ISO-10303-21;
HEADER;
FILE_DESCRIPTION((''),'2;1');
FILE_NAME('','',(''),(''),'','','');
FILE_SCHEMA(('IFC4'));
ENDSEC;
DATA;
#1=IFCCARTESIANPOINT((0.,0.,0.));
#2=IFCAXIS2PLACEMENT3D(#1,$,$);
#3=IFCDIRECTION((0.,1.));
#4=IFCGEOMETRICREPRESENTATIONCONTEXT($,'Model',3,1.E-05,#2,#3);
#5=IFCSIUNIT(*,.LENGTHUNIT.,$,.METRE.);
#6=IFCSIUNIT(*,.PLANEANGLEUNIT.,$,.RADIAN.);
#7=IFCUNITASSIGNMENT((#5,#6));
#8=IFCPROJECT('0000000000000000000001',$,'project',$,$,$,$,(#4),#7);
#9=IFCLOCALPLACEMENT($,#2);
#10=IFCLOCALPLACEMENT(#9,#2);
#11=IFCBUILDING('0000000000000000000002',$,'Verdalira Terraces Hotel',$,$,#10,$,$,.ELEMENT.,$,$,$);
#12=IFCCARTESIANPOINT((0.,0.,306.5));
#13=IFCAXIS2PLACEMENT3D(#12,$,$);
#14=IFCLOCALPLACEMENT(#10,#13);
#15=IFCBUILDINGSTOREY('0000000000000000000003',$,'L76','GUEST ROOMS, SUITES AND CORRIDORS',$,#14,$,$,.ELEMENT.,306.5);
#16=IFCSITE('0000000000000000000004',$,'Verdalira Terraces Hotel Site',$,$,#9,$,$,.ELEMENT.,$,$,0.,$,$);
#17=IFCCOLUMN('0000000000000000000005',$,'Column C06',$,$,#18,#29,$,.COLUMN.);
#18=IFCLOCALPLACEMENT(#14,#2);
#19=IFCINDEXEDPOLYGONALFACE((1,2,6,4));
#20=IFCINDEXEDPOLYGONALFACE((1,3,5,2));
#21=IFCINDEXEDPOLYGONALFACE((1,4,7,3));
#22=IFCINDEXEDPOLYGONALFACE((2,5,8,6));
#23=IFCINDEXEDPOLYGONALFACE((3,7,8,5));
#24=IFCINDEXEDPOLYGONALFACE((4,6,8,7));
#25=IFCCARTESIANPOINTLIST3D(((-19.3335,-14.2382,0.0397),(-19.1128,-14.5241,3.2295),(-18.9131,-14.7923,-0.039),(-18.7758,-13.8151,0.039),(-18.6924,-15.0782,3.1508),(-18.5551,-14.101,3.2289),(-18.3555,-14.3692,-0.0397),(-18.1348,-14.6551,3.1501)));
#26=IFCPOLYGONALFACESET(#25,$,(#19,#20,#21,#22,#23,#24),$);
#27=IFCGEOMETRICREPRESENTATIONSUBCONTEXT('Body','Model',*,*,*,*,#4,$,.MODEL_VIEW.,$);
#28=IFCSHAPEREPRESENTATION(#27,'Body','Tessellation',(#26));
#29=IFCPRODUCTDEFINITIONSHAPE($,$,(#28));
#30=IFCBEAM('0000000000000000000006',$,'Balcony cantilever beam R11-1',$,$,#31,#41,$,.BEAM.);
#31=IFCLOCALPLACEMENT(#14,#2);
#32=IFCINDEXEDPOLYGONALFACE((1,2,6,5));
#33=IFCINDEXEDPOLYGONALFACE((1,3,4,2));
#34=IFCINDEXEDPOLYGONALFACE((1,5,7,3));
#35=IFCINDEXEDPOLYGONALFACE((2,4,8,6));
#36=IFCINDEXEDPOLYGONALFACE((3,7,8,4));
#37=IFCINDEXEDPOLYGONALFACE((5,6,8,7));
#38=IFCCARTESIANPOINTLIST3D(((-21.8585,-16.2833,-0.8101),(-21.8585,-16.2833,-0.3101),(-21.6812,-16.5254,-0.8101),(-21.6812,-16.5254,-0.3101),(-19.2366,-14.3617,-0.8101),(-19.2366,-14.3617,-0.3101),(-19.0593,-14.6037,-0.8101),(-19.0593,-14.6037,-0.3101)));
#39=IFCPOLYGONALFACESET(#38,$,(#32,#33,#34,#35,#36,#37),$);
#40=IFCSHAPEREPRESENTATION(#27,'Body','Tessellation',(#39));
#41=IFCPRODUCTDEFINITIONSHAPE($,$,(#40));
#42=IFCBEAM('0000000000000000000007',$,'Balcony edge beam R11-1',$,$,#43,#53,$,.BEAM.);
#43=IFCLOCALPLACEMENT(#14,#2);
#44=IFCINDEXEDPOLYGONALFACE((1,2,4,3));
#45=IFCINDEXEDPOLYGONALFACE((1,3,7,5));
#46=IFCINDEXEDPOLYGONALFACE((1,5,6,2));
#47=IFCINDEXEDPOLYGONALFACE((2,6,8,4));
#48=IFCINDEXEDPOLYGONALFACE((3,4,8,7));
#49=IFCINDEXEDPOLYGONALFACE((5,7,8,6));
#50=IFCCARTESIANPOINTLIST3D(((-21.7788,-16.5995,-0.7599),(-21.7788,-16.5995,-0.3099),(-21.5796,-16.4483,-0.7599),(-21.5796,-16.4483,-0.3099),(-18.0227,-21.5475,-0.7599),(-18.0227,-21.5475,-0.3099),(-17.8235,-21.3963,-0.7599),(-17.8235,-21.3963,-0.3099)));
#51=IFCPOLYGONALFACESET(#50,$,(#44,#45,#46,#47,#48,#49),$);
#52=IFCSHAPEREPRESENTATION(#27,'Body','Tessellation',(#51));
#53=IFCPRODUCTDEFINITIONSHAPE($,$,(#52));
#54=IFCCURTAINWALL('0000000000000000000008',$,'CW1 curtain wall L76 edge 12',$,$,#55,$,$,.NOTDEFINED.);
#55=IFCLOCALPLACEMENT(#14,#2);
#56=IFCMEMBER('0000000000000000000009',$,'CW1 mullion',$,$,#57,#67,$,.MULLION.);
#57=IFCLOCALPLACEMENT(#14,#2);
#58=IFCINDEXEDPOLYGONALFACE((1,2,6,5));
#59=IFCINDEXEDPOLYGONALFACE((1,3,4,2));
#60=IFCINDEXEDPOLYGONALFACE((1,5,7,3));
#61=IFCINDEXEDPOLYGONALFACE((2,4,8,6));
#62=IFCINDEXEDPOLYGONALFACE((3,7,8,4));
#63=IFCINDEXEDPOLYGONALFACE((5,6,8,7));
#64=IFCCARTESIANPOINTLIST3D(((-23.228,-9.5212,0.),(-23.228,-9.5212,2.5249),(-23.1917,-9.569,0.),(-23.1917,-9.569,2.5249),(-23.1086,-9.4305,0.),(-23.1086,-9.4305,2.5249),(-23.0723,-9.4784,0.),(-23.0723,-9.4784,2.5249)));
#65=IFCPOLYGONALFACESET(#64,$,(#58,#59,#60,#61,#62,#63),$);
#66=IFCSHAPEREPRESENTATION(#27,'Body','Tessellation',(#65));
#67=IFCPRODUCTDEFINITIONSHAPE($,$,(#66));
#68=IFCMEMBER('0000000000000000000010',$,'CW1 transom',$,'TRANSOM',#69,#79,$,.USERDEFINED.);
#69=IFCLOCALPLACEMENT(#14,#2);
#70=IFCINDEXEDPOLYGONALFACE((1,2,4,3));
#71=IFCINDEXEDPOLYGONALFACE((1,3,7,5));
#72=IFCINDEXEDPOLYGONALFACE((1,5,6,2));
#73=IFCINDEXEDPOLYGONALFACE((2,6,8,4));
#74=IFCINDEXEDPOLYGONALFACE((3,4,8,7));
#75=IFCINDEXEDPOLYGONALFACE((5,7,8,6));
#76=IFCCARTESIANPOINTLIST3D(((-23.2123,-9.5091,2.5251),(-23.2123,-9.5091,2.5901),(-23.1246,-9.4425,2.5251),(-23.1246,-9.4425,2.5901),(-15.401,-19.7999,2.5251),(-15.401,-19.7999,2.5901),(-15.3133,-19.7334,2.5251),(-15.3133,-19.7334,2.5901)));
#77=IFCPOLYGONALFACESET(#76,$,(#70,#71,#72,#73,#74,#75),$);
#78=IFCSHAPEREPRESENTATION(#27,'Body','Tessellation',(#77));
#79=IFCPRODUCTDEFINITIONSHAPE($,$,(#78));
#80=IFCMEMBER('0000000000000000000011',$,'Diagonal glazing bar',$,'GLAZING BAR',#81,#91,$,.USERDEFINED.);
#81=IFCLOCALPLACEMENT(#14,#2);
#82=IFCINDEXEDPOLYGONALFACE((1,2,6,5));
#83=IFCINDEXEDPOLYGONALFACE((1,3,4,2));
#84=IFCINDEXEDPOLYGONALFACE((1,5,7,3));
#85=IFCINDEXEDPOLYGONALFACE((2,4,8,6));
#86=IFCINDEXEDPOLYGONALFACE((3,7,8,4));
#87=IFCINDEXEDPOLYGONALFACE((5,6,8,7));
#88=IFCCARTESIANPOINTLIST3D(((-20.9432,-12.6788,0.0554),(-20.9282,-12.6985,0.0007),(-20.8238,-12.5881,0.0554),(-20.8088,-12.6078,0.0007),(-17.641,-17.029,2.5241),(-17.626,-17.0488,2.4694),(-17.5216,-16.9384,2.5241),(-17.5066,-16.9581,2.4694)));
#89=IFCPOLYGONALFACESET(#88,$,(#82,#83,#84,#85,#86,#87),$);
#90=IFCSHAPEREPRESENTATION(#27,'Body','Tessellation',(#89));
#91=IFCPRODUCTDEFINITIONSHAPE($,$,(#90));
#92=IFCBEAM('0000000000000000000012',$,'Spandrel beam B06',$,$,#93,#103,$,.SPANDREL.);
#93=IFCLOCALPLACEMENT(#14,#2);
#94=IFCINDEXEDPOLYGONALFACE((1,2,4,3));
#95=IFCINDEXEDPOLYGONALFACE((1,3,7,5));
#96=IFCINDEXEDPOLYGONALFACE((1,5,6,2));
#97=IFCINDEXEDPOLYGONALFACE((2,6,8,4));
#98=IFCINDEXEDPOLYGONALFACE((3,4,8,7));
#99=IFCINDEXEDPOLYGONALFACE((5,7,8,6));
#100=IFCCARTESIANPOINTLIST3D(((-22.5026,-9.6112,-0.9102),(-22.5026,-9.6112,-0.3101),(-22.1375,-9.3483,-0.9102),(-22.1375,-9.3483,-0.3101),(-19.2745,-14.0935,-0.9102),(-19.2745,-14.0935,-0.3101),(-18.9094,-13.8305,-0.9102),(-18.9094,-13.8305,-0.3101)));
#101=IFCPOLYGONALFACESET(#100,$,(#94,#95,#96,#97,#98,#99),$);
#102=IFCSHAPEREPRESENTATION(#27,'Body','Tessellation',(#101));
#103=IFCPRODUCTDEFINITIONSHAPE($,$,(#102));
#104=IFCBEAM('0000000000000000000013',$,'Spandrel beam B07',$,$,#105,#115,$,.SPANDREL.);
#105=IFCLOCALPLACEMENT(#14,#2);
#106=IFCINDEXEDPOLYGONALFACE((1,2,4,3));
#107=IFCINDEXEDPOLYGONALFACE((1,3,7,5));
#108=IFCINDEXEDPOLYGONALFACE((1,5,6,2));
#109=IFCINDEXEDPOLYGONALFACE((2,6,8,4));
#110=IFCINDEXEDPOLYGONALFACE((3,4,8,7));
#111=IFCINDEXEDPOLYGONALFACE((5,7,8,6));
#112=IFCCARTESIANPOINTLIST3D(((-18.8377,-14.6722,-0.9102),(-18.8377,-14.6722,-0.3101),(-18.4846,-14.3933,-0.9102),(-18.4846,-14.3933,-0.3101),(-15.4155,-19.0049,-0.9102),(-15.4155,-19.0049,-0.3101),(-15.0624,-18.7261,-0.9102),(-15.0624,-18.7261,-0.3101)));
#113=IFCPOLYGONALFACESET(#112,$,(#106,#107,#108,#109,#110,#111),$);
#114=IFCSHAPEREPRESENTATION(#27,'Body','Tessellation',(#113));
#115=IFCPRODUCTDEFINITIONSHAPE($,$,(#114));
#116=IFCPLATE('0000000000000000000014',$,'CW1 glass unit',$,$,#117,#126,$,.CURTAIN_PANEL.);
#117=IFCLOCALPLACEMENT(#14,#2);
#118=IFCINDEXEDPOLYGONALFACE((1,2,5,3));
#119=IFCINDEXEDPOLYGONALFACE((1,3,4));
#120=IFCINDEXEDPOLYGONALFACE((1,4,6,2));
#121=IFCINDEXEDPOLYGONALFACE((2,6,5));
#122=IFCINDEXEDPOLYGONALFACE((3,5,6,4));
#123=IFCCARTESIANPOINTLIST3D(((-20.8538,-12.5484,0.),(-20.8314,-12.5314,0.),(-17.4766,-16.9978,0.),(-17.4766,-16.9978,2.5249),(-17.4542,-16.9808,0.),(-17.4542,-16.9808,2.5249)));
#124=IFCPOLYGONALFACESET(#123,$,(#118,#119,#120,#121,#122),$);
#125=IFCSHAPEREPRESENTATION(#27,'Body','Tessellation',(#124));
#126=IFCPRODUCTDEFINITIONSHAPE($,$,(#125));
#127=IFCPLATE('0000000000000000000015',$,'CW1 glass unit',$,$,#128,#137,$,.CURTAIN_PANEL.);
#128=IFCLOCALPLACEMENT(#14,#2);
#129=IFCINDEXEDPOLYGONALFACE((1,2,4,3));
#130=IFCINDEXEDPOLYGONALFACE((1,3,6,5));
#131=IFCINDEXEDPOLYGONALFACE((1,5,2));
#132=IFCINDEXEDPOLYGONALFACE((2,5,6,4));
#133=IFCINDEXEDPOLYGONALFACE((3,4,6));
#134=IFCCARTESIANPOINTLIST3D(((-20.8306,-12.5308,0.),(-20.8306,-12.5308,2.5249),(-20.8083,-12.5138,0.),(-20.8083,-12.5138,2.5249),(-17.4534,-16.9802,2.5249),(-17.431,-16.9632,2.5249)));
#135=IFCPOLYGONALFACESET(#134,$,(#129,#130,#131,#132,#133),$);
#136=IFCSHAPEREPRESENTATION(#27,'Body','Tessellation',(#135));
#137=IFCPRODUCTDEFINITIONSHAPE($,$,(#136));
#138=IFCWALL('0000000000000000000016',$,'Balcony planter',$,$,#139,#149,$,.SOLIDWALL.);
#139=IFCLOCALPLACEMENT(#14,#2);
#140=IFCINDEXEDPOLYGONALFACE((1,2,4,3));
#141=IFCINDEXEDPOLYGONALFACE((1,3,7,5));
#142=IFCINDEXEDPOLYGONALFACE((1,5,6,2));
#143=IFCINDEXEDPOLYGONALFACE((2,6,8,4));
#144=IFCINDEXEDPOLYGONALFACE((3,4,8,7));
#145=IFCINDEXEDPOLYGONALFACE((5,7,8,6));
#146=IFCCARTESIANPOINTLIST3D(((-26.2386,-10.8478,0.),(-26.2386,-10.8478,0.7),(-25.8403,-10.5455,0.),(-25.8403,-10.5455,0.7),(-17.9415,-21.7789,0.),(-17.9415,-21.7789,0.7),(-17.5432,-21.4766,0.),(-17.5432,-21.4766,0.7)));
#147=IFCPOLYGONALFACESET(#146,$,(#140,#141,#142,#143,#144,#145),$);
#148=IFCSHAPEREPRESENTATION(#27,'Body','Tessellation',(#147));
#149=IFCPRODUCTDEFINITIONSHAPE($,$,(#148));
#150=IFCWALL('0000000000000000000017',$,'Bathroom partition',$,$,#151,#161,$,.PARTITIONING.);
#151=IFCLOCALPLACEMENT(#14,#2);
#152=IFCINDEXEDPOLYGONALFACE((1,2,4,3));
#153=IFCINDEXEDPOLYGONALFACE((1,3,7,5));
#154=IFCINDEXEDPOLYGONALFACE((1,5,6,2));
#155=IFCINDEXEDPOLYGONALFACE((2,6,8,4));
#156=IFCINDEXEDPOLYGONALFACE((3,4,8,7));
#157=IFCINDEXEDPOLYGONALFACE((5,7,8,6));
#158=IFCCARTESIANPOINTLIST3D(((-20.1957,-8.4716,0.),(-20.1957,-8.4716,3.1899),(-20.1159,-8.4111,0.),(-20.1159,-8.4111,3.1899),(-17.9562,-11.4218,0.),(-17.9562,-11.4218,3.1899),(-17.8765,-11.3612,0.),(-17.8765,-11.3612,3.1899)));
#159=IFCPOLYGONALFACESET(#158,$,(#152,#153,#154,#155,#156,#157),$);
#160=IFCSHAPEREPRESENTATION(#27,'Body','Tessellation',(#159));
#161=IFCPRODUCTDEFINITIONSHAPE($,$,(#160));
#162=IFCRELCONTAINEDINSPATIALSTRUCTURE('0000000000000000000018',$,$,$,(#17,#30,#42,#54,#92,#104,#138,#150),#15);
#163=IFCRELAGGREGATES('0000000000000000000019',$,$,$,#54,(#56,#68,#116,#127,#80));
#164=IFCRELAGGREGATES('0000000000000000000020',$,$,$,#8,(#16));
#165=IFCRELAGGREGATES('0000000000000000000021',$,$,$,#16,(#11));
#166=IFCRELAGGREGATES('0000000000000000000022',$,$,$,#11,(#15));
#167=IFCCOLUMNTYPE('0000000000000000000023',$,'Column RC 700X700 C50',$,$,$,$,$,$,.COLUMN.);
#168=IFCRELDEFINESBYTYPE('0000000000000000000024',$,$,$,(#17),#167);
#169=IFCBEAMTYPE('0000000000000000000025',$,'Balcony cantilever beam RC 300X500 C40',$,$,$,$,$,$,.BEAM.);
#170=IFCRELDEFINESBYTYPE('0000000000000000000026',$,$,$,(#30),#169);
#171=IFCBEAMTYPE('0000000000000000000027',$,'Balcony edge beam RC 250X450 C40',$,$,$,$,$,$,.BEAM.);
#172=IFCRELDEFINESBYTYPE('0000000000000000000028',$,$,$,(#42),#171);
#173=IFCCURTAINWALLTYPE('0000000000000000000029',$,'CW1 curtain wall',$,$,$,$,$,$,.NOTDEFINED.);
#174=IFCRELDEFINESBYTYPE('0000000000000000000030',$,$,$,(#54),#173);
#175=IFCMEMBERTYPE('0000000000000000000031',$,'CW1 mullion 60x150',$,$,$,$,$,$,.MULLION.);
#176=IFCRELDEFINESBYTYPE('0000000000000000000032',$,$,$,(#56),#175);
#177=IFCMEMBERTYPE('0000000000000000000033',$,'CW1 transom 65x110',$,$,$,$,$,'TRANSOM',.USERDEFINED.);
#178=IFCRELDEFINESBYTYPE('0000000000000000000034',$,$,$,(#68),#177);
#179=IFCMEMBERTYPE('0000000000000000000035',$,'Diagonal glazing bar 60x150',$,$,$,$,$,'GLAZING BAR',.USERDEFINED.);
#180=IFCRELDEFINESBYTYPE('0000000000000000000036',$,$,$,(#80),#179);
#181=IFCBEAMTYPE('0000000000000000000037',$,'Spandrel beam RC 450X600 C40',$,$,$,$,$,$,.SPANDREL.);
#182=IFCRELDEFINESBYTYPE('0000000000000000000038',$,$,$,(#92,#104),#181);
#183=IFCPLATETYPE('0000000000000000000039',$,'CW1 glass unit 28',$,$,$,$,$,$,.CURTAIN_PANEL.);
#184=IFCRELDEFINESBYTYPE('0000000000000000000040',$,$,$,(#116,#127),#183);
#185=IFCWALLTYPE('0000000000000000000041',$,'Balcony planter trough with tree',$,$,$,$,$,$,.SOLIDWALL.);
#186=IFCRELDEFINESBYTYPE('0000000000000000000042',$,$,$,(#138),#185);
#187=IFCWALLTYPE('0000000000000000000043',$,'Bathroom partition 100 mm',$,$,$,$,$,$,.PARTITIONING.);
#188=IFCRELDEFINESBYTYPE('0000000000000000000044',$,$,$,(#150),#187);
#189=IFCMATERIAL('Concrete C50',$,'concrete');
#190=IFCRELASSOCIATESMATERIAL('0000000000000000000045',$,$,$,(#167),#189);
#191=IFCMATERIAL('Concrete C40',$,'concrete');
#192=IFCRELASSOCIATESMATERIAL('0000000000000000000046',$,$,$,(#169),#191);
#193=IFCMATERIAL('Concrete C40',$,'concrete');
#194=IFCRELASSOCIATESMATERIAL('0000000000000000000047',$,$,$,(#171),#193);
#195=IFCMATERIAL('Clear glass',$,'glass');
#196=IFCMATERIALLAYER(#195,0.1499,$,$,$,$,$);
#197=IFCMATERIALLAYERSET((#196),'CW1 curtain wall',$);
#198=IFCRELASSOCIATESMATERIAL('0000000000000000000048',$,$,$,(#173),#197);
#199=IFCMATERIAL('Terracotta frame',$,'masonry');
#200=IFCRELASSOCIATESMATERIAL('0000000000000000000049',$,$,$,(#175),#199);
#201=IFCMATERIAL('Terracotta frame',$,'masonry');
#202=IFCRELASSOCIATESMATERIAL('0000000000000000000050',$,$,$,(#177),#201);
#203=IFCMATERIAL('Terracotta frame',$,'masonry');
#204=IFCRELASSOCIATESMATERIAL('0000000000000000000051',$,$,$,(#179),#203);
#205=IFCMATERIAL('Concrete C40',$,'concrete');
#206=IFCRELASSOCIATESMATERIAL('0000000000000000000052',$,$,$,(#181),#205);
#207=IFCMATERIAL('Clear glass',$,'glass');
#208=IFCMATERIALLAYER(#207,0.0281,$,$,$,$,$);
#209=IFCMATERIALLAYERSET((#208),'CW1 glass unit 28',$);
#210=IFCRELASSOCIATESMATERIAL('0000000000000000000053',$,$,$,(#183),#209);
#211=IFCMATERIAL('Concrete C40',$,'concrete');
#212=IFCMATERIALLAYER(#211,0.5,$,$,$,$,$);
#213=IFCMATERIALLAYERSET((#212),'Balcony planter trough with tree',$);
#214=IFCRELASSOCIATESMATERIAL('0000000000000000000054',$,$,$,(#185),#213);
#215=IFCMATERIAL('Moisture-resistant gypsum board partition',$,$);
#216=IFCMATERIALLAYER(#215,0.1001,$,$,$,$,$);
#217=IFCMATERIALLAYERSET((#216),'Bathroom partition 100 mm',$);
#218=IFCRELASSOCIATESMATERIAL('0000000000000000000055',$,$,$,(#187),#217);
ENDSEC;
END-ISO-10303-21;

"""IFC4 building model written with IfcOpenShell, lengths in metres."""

from ifc_helpers import new_model, si_unit, direction, frame, frame_2d, origin, origin_2d, place, context, subcontext, project, spatial, polyline, rectangle, outline, extrude, material, layer, layer_set, material_profile, profile_set, type_object, element, aggregate, save


model = new_model("IFC4")

# Units and contexts
model_context = context("Model", 3, precision=1e-05, world=origin(), true_north=direction((0.0, 1.0)))
body_context = subcontext(model_context, "Body", "Model", "MODEL_VIEW")
ifc_project = project(units=[si_unit("LENGTHUNIT", "METRE"), si_unit("PLANEANGLEUNIT", "RADIAN")], contexts=[model_context])

# Site, building, storey
site_placement = place(None, origin())
site = spatial("IfcSite", under=ifc_project, at=site_placement, Name="Verdalira Terraces Hotel Site", CompositionType="ELEMENT", RefElevation=0.0)
building_placement = place(site_placement, origin())
building = spatial("IfcBuilding", under=site, at=building_placement, Name="Verdalira Terraces Hotel", CompositionType="ELEMENT")
storey_placement = place(building_placement, frame((0.0, 0.0, 306.5)))
storey = spatial("IfcBuildingStorey", under=building, at=storey_placement, Name="L76", Description="GUEST ROOMS, SUITES AND CORRIDORS", CompositionType="ELEMENT", Elevation=306.5)

# Column
ifc_material_1 = material(Name="Concrete C50", Category="concrete")
ifc_material_profile_1 = material_profile(ifc_material_1, rectangle(XDim=0.7, YDim=0.7, at=origin_2d()), Name="RC 700X700")
ifc_profile_set_1 = profile_set([ifc_material_profile_1], Name="Concrete C50")
column_type = type_object("IfcColumnType", Name="Column RC 700X700 C50", PredefinedType="COLUMN", material=ifc_profile_set_1)
column_placement = place(storey_placement, frame((-18.8445, -14.3037, 0.0), z_axis=(0.068748, -0.089053, 0.993651), x_axis=(0.600507, -0.791667, -0.112498)))
element("IfcColumn", 1, at=column_placement, inside=storey, type_object=column_type, Name="Column C06", PredefinedType="COLUMN", context=body_context, shape_type="SweptSolid", body=[
    extrude(rectangle(XDim=0.7, YDim=0.7, at=origin_2d()), origin(), (0.0, 0.0, 1.0), 3.2102),
])

# Beams
ifc_material_2 = material(Name="Concrete C40", Category="concrete")
ifc_material_profile_2 = material_profile(ifc_material_2, rectangle(XDim=0.3, YDim=0.5, at=origin_2d()), Name="RC 300X500")
ifc_profile_set_2 = profile_set([ifc_material_profile_2], Name="Concrete C40")
beam_type_1 = type_object("IfcBeamType", Name="Balcony cantilever beam RC 300X500 C40", PredefinedType="BEAM", material=ifc_profile_set_2)
beam_1_placement = place(storey_placement, frame((-19.1479, -14.4827, -0.5601), z_axis=(-0.806558, -0.591155, 0.0), x_axis=(0.591155, -0.806558, 0.0)))
element("IfcBeam", 2, at=beam_1_placement, inside=storey, type_object=beam_type_1, Name="Balcony cantilever beam R11-1", PredefinedType="BEAM", context=body_context, shape_type="SweptSolid", body=[
    extrude(rectangle(XDim=0.3, YDim=0.5, at=origin_2d()), origin(), (0.0, 0.0, 1.0), 3.2507),
])
ifc_material_3 = material(Name="Concrete C40", Category="concrete")
ifc_material_profile_3 = material_profile(ifc_material_3, rectangle(XDim=0.25, YDim=0.45, at=origin_2d()), Name="RC 250X450")
ifc_profile_set_3 = profile_set([ifc_material_profile_3], Name="Concrete C40")
beam_type_2 = type_object("IfcBeamType", Name="Balcony edge beam RC 250X450 C40", PredefinedType="BEAM", material=ifc_profile_set_3)
beam_2_placement = place(storey_placement, frame((-21.6792, -16.5239, -0.5349), z_axis=(0.604637, -0.796501, 0.0), x_axis=(0.796501, 0.604637, 0.0)))
element("IfcBeam", 3, at=beam_2_placement, inside=storey, type_object=beam_type_2, Name="Balcony edge beam R11-1", PredefinedType="BEAM", context=body_context, shape_type="SweptSolid", body=[
    extrude(rectangle(XDim=0.25, YDim=0.45, at=origin_2d()), origin(), (0.0, 0.0, 1.0), 6.2122),
])

# Curtain wall, members
ifc_material_4 = material(Name="Clear glass", Category="glass")
ifc_layer_1 = layer(ifc_material_4, 0.1499)
ifc_layer_set_1 = layer_set([ifc_layer_1], Name="CW1 curtain wall")
curtain_wall_type = type_object("IfcCurtainWallType", Name="CW1 curtain wall", PredefinedType="NOTDEFINED", material=ifc_layer_set_1)
curtain_wall_placement = place(storey_placement, origin())
curtain_wall = element("IfcCurtainWall", 4, at=curtain_wall_placement, inside=storey, type_object=curtain_wall_type, Name="CW1 curtain wall L76 edge 12", PredefinedType="NOTDEFINED")
ifc_material_5 = material(Name="Terracotta frame", Category="masonry")
ifc_material_profile_4 = material_profile(ifc_material_5, rectangle(XDim=0.0601, YDim=0.1499, at=origin_2d()), Name="MU 60x150")
ifc_profile_set_4 = profile_set([ifc_material_profile_4], Name="Terracotta frame")
member_type_1 = type_object("IfcMemberType", Name="CW1 mullion 60x150", PredefinedType="MULLION", material=ifc_profile_set_4)
member_1_placement = place(storey_placement, frame((-23.1501, -9.4998, 0.0), z_axis=(0.0, 0.0, 1.0), x_axis=(0.604599, -0.79653, 0.0)))
member_1 = element("IfcMember", 5, at=member_1_placement, type_object=member_type_1, Name="CW1 mullion", PredefinedType="MULLION", context=body_context, shape_type="SweptSolid", body=[
    extrude(rectangle(XDim=0.0601, YDim=0.1499, at=origin_2d()), origin(), (0.0, 0.0, 1.0), 2.5249),
])
ifc_material_6 = material(Name="Terracotta frame", Category="masonry")
ifc_material_profile_5 = material_profile(ifc_material_6, rectangle(XDim=0.1101, YDim=0.0649, at=origin_2d()), Name="TR 65x110")
ifc_profile_set_5 = profile_set([ifc_material_profile_5], Name="Terracotta frame")
member_type_2 = type_object("IfcMemberType", Name="CW1 transom 65x110", ElementType="TRANSOM", PredefinedType="USERDEFINED", material=ifc_profile_set_5)
member_2_placement = place(storey_placement, frame((-23.1685, -9.4758, 2.5576), z_axis=(0.604607, -0.796524, 0.0), x_axis=(0.796524, 0.604607, 0.0)))
member_2 = element("IfcMember", 6, at=member_2_placement, type_object=member_type_2, Name="CW1 transom", ObjectType="TRANSOM", PredefinedType="USERDEFINED", context=body_context, shape_type="SweptSolid", body=[
    extrude(rectangle(XDim=0.1101, YDim=0.0649, at=origin_2d()), origin(), (0.0, 0.0, 1.0), 12.9197),
])
ifc_material_7 = material(Name="Terracotta frame", Category="masonry")
ifc_material_profile_6 = material_profile(ifc_material_7, rectangle(XDim=0.1499, YDim=0.0601, at=origin_2d()), Name="GB 60x150")
ifc_profile_set_6 = profile_set([ifc_material_profile_6], Name="Terracotta frame")
member_type_3 = type_object("IfcMemberType", Name="Diagonal glazing bar 60x150", ElementType="GLAZING BAR", PredefinedType="USERDEFINED", material=ifc_profile_set_6)
member_3_placement = place(storey_placement, frame((-20.876, -12.6433, 0.0281), z_axis=(0.550948, -0.725813, 0.411887), x_axis=(0.796516, 0.604617, 0.0)))
member_3 = element("IfcMember", 7, at=member_3_placement, type_object=member_type_3, Name="Diagonal glazing bar", ObjectType="GLAZING BAR", PredefinedType="USERDEFINED", context=body_context, shape_type="SweptSolid", body=[
    extrude(rectangle(XDim=0.1499, YDim=0.0601, at=origin_2d()), origin(), (0.0, 0.0, 1.0), 5.9937),
])

# Beams
ifc_material_8 = material(Name="Concrete C40", Category="concrete")
ifc_material_profile_7 = material_profile(ifc_material_8, rectangle(XDim=0.45, YDim=0.6001, at=origin_2d()), Name="RC 450X600")
ifc_profile_set_7 = profile_set([ifc_material_profile_7], Name="Concrete C40")
beam_type_3 = type_object("IfcBeamType", Name="Spandrel beam RC 450X600 C40", PredefinedType="SPANDREL", material=ifc_profile_set_7)
beam_3_placement = place(storey_placement, frame((-22.3201, -9.4797, -0.6101), z_axis=(0.584407, -0.811461, 0.0), x_axis=(0.811461, 0.584407, 0.0)))
element("IfcBeam", 8, at=beam_3_placement, inside=storey, type_object=beam_type_3, Name="Spandrel beam B06", PredefinedType="SPANDREL", context=body_context, shape_type="SweptSolid", body=[
    extrude(rectangle(XDim=0.45, YDim=0.6001, at=origin_2d()), origin(), (0.0, 0.0, 1.0), 5.5237),
])
beam_4_placement = place(storey_placement, frame((-18.6611, -14.5327, -0.6101), z_axis=(0.619813, -0.784749, 0.0), x_axis=(0.784749, 0.619813, 0.0)))
element("IfcBeam", 9, at=beam_4_placement, inside=storey, type_object=beam_type_3, Name="Spandrel beam B07", PredefinedType="SPANDREL", context=body_context, shape_type="SweptSolid", body=[
    extrude(rectangle(XDim=0.45, YDim=0.6001, at=origin_2d()), origin(), (0.0, 0.0, 1.0), 5.5212),
])

# Plates
ifc_material_9 = material(Name="Clear glass", Category="glass")
ifc_layer_2 = layer(ifc_material_9, 0.0281)
ifc_layer_set_2 = layer_set([ifc_layer_2], Name="CW1 glass unit 28")
plate_type = type_object("IfcPlateType", Name="CW1 glass unit 28", PredefinedType="CURTAIN_PANEL", material=ifc_layer_set_2)
plate_1_placement = place(storey_placement, frame((-19.1428, -14.7561, 1.2625), z_axis=(-0.79653, -0.604599, 0.0), x_axis=(0.604599, -0.79653, 0.0)))
plate_1 = element("IfcPlate", 10, at=plate_1_placement, type_object=plate_type, Name="CW1 glass unit", PredefinedType="CURTAIN_PANEL", context=body_context, shape_type="SweptSolid", body=[
    extrude(outline(polyline([(-2.793, -1.2625), (2.793, -1.2625), (2.793, 1.2625), (-2.793, -1.2625)])), origin(), (0.0, 0.0, 1.0), 0.0281),
])
plate_2_placement = place(storey_placement, frame((-19.1196, -14.7385, 1.2625), z_axis=(-0.79653, -0.604599, 0.0), x_axis=(0.604599, -0.79653, 0.0)))
plate_2 = element("IfcPlate", 11, at=plate_2_placement, type_object=plate_type, Name="CW1 glass unit", PredefinedType="CURTAIN_PANEL", context=body_context, shape_type="SweptSolid", body=[
    extrude(outline(polyline([(-2.793, -1.2625), (2.793, 1.2625), (-2.793, 1.2625), (-2.793, -1.2625)])), origin(), (0.0, 0.0, 1.0), 0.0281),
])
aggregate(curtain_wall, [member_1, member_2, plate_1, plate_2, member_3])

# Walls
ifc_material_10 = material(Name="Concrete C40", Category="concrete")
ifc_layer_3 = layer(ifc_material_10, 0.5)
ifc_layer_set_3 = layer_set([ifc_layer_3], Name="Balcony planter trough with tree")
wall_type_1 = type_object("IfcWallType", Name="Balcony planter trough with tree", PredefinedType="SOLIDWALL", material=ifc_layer_set_3)
wall_1_placement = place(storey_placement, frame((-26.0396, -10.6965, 0.0), z_axis=(0.0, 0.0, 1.0), x_axis=(0.604596, -0.796533, 0.0)))
element("IfcWall", 12, at=wall_1_placement, inside=storey, type_object=wall_type_1, Name="Balcony planter", PredefinedType="SOLIDWALL", context=body_context, shape_type="SweptSolid", body=[
    extrude(rectangle(XDim=13.7234, YDim=0.5, at=frame_2d((6.8618, 0.0))), origin(), (0.0, 0.0, 1.0), 0.7),
])
ifc_material_11 = material(Name="Moisture-resistant gypsum board partition")
ifc_layer_4 = layer(ifc_material_11, 0.1001)
ifc_layer_set_4 = layer_set([ifc_layer_4], Name="Bathroom partition 100 mm")
wall_type_2 = type_object("IfcWallType", Name="Bathroom partition 100 mm", PredefinedType="PARTITIONING", material=ifc_layer_set_4)
wall_2_placement = place(storey_placement, frame((-17.9163, -11.3916, 0.0), z_axis=(0.0, 0.0, 1.0), x_axis=(-0.60463, 0.796506, 0.0)))
element("IfcWall", 13, at=wall_2_placement, inside=storey, type_object=wall_type_2, Name="Bathroom partition", PredefinedType="PARTITIONING", context=body_context, shape_type="SweptSolid", body=[
    extrude(rectangle(XDim=3.7039, YDim=0.1001, at=frame_2d((1.8521, 0.0))), origin(), (0.0, 0.0, 1.0), 3.1899),
])

save(model, "model.ifc")
